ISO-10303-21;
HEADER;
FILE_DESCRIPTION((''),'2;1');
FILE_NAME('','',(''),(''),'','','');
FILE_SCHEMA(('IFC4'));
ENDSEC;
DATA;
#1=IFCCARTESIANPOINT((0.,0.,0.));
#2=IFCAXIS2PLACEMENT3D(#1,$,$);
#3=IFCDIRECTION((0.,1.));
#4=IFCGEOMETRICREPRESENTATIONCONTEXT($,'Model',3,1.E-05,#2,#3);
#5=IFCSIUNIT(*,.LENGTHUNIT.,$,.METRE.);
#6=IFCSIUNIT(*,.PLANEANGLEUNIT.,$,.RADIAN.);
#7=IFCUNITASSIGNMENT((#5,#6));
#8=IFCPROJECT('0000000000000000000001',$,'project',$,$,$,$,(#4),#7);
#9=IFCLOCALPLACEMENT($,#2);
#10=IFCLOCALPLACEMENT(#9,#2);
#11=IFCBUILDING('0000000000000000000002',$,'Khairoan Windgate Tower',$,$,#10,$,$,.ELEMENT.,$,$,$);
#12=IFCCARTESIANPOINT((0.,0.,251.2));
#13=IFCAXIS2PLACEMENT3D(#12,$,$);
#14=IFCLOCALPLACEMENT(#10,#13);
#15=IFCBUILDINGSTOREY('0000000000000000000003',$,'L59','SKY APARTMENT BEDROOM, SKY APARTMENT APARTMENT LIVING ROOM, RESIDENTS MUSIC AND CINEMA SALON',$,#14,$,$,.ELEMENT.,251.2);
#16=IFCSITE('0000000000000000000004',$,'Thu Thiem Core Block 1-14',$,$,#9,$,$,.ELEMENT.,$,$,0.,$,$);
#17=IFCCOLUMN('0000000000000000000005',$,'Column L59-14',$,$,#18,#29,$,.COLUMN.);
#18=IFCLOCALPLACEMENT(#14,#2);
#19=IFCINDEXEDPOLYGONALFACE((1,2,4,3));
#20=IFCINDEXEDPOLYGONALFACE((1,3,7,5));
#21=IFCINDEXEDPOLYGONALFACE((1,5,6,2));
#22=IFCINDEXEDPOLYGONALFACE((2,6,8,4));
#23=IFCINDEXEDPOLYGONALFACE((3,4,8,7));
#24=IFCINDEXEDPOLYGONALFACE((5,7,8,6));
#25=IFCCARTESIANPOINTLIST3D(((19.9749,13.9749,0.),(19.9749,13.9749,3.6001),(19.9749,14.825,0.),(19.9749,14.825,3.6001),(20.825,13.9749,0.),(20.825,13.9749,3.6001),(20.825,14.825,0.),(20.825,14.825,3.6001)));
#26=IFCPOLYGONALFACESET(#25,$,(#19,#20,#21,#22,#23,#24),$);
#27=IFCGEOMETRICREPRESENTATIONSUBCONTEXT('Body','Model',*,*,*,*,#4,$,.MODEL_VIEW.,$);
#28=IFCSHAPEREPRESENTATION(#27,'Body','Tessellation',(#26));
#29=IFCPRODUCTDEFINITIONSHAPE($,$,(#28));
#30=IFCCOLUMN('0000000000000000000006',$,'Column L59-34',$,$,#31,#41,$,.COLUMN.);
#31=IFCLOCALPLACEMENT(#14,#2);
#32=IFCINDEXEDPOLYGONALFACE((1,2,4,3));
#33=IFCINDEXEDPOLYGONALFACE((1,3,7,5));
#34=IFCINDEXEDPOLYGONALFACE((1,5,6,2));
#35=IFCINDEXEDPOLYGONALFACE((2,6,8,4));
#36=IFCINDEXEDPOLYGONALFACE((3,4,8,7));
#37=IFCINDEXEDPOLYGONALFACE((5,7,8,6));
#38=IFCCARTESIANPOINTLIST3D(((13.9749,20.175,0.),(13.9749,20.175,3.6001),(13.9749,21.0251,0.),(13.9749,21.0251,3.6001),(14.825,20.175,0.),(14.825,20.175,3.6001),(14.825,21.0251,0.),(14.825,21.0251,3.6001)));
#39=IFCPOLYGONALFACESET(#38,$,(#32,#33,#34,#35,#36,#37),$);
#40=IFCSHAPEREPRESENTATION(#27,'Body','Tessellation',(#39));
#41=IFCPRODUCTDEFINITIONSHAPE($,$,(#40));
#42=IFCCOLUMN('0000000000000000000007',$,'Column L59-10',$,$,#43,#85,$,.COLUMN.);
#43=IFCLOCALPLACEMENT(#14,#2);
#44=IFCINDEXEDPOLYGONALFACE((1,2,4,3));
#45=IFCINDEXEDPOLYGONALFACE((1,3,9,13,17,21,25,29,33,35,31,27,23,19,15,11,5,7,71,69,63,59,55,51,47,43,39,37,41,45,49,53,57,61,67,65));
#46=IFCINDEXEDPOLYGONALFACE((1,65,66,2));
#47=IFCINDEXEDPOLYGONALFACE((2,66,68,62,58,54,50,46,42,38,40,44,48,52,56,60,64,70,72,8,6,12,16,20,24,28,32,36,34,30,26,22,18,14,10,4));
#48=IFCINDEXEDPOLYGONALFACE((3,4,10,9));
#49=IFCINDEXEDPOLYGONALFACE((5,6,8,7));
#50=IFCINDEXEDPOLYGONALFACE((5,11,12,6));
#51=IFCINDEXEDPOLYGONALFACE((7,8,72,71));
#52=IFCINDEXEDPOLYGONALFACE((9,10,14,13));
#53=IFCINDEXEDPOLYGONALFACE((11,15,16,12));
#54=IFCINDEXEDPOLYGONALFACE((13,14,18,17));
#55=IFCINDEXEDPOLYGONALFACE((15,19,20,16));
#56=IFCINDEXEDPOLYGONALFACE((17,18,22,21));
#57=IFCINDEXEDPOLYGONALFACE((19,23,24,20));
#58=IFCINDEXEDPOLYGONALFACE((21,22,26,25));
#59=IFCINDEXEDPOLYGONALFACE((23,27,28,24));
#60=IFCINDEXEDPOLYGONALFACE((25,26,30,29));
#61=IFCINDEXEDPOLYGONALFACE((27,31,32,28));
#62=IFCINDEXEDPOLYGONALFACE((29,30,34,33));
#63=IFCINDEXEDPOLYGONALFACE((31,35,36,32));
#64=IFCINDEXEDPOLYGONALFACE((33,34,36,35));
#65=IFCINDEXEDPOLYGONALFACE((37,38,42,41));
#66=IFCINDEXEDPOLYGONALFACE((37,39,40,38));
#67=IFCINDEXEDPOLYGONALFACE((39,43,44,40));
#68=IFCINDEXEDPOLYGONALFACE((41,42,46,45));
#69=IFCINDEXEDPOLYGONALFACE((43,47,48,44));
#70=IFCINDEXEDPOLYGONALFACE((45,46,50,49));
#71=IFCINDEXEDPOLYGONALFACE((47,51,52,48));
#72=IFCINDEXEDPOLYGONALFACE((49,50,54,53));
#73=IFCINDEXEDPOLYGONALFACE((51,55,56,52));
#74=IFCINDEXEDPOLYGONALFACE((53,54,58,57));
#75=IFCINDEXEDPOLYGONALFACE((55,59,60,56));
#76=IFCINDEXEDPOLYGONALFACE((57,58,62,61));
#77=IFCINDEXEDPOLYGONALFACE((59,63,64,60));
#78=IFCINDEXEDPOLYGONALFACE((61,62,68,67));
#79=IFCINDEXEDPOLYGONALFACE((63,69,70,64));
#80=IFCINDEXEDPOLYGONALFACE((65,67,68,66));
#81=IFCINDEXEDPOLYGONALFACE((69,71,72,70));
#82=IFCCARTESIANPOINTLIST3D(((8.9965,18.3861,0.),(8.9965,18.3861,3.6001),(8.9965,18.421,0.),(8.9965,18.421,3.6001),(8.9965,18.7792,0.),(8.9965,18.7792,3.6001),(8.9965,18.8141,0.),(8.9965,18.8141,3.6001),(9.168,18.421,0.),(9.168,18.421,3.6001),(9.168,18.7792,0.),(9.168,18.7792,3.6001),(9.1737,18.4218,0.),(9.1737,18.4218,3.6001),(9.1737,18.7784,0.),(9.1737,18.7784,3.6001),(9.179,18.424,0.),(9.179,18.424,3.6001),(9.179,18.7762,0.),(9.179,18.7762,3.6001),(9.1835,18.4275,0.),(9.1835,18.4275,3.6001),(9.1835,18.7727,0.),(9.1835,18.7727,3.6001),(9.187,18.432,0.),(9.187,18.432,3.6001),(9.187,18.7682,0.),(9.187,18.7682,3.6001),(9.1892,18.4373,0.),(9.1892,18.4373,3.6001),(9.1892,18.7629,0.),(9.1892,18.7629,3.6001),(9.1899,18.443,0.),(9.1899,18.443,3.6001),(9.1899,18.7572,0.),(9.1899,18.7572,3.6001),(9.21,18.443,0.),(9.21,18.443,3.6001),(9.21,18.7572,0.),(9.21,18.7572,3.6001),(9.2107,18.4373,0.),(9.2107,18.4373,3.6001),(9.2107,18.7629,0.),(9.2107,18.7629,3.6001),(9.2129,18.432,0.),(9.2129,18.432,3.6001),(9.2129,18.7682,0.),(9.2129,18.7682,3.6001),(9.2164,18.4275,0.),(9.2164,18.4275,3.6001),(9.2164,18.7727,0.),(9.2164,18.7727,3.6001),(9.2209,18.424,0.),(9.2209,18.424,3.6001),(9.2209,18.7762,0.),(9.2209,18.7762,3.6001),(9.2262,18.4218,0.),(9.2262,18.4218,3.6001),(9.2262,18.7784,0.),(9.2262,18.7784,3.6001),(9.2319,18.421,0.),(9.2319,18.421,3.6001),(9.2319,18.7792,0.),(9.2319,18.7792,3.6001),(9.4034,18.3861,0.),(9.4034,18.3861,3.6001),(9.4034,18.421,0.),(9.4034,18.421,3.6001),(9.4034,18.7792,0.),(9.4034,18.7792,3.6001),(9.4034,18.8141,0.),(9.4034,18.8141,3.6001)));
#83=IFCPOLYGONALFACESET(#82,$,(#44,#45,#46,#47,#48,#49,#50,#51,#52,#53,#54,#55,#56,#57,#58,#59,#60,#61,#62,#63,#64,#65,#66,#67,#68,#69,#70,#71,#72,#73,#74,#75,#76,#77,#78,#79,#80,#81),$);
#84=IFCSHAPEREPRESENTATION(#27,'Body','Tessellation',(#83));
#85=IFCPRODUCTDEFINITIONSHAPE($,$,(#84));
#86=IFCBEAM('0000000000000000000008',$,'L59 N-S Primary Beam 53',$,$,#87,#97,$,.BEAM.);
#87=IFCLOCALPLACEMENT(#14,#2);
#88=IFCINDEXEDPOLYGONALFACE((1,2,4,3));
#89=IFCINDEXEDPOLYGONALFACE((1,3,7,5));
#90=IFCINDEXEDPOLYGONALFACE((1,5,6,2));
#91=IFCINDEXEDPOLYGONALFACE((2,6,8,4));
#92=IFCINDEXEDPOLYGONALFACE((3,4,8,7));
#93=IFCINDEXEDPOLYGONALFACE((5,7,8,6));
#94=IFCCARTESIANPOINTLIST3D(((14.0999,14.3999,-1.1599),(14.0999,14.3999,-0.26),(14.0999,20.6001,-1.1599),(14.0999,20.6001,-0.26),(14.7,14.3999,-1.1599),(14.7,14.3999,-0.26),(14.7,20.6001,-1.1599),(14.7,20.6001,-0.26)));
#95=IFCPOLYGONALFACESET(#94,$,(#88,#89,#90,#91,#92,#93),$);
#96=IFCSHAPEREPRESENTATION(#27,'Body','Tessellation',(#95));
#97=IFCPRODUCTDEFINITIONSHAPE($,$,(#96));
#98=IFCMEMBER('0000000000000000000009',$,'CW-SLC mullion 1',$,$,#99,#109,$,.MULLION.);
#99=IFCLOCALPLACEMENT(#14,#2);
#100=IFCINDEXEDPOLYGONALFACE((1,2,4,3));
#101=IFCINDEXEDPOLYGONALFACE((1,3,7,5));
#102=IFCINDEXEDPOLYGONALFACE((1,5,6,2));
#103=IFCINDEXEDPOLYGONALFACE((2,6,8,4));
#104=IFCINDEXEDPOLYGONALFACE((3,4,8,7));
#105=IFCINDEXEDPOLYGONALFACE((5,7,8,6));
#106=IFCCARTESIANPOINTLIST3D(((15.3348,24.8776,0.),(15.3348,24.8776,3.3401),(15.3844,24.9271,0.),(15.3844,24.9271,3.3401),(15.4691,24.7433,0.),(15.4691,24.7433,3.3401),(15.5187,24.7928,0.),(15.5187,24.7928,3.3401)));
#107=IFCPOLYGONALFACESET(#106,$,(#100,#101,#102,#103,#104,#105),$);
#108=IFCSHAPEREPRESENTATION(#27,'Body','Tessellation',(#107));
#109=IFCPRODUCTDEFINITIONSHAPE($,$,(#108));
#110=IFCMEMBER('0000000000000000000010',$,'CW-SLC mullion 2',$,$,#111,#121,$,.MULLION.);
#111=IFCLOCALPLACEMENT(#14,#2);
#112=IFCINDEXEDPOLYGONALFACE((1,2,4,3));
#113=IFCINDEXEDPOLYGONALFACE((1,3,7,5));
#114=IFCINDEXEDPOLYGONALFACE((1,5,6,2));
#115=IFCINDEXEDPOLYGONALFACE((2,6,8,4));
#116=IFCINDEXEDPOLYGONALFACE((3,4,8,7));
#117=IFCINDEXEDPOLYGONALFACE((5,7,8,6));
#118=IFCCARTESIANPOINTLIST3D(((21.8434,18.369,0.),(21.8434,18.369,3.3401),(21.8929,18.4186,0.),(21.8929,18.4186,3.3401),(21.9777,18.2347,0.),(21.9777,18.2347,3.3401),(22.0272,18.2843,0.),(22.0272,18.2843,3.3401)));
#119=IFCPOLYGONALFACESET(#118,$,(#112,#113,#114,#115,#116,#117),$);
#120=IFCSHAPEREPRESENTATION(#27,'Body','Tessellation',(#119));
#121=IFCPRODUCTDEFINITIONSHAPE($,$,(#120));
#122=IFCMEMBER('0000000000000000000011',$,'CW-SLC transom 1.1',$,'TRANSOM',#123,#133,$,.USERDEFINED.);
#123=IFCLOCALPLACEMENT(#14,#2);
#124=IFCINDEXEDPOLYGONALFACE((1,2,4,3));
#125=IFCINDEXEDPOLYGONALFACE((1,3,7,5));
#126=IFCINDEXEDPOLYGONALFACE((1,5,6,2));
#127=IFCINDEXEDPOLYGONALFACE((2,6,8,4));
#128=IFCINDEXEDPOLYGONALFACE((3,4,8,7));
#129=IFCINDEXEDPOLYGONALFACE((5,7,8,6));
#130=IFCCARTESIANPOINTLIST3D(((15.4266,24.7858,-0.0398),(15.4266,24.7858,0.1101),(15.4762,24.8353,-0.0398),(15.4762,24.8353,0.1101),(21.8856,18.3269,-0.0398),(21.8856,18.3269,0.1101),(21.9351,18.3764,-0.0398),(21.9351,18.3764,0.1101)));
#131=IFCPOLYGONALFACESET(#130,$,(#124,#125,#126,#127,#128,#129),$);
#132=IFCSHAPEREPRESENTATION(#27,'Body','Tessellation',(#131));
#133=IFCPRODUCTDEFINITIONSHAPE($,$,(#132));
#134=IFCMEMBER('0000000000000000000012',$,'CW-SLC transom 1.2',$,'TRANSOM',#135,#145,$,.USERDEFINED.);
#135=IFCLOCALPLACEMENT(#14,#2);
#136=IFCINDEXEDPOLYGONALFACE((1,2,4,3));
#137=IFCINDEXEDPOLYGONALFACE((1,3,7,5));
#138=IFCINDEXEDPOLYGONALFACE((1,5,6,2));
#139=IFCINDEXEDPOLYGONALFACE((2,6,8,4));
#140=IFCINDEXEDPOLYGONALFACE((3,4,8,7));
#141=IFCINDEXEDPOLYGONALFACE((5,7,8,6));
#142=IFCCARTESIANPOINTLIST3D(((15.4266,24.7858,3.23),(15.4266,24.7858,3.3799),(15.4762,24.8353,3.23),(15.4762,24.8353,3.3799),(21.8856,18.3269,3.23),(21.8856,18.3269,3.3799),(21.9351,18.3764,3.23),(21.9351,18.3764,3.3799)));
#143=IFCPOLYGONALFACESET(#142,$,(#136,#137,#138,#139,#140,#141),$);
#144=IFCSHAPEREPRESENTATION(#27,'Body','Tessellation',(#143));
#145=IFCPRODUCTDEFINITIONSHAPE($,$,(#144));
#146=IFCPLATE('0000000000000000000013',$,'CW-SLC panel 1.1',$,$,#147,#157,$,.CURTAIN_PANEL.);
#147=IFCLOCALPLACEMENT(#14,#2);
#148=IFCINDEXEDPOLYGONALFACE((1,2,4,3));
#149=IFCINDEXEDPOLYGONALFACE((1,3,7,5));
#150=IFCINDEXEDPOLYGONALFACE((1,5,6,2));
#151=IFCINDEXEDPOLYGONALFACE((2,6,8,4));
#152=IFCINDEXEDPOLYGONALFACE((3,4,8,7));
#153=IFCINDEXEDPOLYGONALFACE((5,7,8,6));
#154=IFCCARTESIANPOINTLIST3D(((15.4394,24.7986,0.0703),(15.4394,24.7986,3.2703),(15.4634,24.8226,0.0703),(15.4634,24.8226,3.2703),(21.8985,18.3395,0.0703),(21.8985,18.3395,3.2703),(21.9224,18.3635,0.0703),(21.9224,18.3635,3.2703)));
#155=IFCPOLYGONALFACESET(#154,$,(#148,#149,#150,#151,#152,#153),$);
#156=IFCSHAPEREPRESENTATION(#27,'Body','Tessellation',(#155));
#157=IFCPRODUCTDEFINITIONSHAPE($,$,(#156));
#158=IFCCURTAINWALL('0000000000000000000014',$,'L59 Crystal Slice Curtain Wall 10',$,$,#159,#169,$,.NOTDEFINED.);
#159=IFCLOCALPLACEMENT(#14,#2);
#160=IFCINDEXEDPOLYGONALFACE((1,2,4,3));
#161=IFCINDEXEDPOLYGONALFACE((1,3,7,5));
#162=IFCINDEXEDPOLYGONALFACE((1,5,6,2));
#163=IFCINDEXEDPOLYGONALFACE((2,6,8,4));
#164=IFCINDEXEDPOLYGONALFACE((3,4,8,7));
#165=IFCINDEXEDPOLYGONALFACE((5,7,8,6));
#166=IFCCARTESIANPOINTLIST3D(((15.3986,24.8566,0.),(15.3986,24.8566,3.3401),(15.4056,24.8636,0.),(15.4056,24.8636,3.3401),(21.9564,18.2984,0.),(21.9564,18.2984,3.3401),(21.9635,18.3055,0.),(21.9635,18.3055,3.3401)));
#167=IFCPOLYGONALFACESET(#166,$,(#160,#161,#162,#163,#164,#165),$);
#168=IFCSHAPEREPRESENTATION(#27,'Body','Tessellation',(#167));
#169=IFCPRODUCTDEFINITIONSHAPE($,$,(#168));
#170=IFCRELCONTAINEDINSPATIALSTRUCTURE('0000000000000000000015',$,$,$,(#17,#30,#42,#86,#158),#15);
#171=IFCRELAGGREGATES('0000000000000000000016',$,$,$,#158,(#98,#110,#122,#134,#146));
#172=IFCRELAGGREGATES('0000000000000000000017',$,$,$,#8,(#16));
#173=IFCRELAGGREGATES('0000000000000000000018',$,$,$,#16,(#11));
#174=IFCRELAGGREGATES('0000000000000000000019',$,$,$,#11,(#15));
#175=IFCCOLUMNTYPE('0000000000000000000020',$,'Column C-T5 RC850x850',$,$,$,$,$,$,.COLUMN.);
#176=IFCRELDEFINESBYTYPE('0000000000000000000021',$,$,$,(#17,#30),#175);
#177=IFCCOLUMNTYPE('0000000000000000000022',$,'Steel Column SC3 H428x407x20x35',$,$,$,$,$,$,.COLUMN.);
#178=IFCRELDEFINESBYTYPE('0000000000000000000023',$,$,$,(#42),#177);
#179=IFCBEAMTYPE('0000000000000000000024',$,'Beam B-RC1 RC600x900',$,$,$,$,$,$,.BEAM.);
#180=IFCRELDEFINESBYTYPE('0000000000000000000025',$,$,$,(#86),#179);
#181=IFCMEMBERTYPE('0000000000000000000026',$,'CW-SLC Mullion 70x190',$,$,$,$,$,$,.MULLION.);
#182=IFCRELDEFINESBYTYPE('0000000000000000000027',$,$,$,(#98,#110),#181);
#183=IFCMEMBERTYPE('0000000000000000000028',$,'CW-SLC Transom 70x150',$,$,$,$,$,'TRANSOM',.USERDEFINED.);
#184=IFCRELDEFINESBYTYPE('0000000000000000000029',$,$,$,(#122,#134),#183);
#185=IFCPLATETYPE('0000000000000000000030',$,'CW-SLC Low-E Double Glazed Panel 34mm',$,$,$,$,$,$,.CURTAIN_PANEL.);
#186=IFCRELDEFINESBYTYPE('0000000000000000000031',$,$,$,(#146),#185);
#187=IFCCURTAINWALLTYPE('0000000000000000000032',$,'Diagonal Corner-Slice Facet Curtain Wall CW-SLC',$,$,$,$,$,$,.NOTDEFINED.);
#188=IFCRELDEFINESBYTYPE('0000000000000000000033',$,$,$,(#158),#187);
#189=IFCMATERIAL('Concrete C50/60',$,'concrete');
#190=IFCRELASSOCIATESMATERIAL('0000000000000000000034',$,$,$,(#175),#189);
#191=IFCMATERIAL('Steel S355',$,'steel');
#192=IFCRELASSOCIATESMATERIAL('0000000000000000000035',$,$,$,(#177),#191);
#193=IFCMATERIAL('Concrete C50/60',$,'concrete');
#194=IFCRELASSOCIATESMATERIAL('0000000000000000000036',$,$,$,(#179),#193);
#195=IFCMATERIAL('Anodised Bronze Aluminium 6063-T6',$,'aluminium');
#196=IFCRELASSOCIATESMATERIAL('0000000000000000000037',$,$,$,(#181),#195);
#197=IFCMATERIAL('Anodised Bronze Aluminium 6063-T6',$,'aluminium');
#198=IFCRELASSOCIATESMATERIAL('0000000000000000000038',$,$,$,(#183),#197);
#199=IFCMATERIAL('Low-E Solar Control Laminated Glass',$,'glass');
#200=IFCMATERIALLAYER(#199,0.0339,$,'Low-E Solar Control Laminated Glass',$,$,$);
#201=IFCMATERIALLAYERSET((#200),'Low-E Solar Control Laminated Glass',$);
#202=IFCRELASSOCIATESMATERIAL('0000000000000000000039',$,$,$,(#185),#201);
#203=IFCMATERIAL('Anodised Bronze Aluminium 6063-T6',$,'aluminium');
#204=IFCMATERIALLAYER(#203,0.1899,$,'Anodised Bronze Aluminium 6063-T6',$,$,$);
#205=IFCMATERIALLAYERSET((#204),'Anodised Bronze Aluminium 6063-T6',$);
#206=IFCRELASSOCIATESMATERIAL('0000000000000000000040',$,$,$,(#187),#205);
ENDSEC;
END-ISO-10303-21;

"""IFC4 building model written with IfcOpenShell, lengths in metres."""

from ifc_helpers import new_model, si_unit, direction, frame, frame_2d, origin, origin_2d, place, context, subcontext, project, spatial, rectangle, i_section, extrude, material, layer, layer_set, material_profile, profile_set, type_object, element, aggregate, save


model = new_model("IFC4")

# Units and contexts
model_context = context("Model", 3, precision=1e-05, world=origin(), true_north=direction((0.0, 1.0)))
body_context = subcontext(model_context, "Body", "Model", "MODEL_VIEW")
ifc_project = project(units=[si_unit("LENGTHUNIT", "METRE"), si_unit("PLANEANGLEUNIT", "RADIAN")], contexts=[model_context])

# Site, building, storey
site_placement = place(None, origin())
site = spatial("IfcSite", under=ifc_project, at=site_placement, Name="Thu Thiem Core Block 1-14", CompositionType="ELEMENT", RefElevation=0.0)
building_placement = place(site_placement, origin())
building = spatial("IfcBuilding", under=site, at=building_placement, Name="Khairoan Windgate Tower", CompositionType="ELEMENT")
storey_placement = place(building_placement, frame((0.0, 0.0, 251.2)))
storey = spatial("IfcBuildingStorey", under=building, at=storey_placement, Name="L59", Description="SKY APARTMENT BEDROOM, SKY APARTMENT APARTMENT LIVING ROOM, RESIDENTS MUSIC AND CINEMA SALON", CompositionType="ELEMENT", Elevation=251.2)

# Columns
ifc_material_1 = material(Name="Concrete C50/60", Category="concrete")
ifc_material_profile_1 = material_profile(ifc_material_1, rectangle(XDim=0.8501, YDim=0.8501, at=origin_2d()))
ifc_profile_set_1 = profile_set([ifc_material_profile_1], Name="Concrete C50/60")
column_type_1 = type_object("IfcColumnType", Name="Column C-T5 RC850x850", PredefinedType="COLUMN", material=ifc_profile_set_1)
for number, where, z_axis, x_axis, name in (
    (1, (20.3999, 14.3999, 0.0), (0.0, 0.0, 1.0), (1.0, 0.0, 0.0), "Column L59-14"),
    (2, (14.3999, 20.6001, 0.0), (0.0, 0.0, 1.0), (1.0, 0.0, 0.0), "Column L59-34"),
):
    element("IfcColumn", number, at=place(storey_placement, frame(where, z_axis=z_axis, x_axis=x_axis)), inside=storey, type_object=column_type_1, Name=name, PredefinedType="COLUMN", context=body_context, shape_type="SweptSolid", body=[
        extrude(rectangle(XDim=0.8501, YDim=0.8501, at=origin_2d()), origin(), (0.0, 0.0, 1.0), 3.6001),
    ])
ifc_material_2 = material(Name="Steel S355", Category="steel")
ifc_material_profile_2 = material_profile(ifc_material_2, i_section(OverallWidth=0.407, OverallDepth=0.428, WebThickness=0.02, FlangeThickness=0.0349, FilletRadius=0.022, at=origin_2d()))
ifc_profile_set_2 = profile_set([ifc_material_profile_2], Name="Steel S355")
column_type_2 = type_object("IfcColumnType", Name="Steel Column SC3 H428x407x20x35", PredefinedType="COLUMN", material=ifc_profile_set_2)
column_placement = place(storey_placement, frame((9.2, 18.6001, 0.0), z_axis=(0.0, 0.0, 1.0), x_axis=(1.0, 0.0, 0.0)))
element("IfcColumn", 3, at=column_placement, inside=storey, type_object=column_type_2, Name="Column L59-10", PredefinedType="COLUMN", context=body_context, shape_type="SweptSolid", body=[
    extrude(i_section(OverallWidth=0.407, OverallDepth=0.428, WebThickness=0.02, FlangeThickness=0.0349, FilletRadius=0.022, at=origin_2d()), origin(), (0.0, 0.0, 1.0), 3.6001),
])

# Beam
ifc_material_3 = material(Name="Concrete C50/60", Category="concrete")
ifc_material_profile_3 = material_profile(ifc_material_3, rectangle(XDim=0.6001, YDim=0.8999, at=origin_2d()))
ifc_profile_set_3 = profile_set([ifc_material_profile_3], Name="Concrete C50/60")
beam_type = type_object("IfcBeamType", Name="Beam B-RC1 RC600x900", PredefinedType="BEAM", material=ifc_profile_set_3)
beam_placement = place(storey_placement, frame((14.3999, 14.3999, -0.71), z_axis=(0.0, 1.0, 0.0), x_axis=(-1.0, 0.0, 0.0)))
element("IfcBeam", 4, at=beam_placement, inside=storey, type_object=beam_type, Name="L59 N-S Primary Beam 53", PredefinedType="BEAM", context=body_context, shape_type="SweptSolid", body=[
    extrude(rectangle(XDim=0.6001, YDim=0.8999, at=origin_2d()), origin(), (0.0, 0.0, 1.0), 6.2002),
])

# Members
ifc_material_4 = material(Name="Anodised Bronze Aluminium 6063-T6", Category="aluminium")
ifc_material_profile_4 = material_profile(ifc_material_4, rectangle(XDim=0.0701, YDim=0.1899, at=origin_2d()))
ifc_profile_set_4 = profile_set([ifc_material_profile_4], Name="Anodised Bronze Aluminium 6063-T6")
member_type_1 = type_object("IfcMemberType", Name="CW-SLC Mullion 70x190", PredefinedType="MULLION", material=ifc_profile_set_4)
member_1_placement = place(storey_placement, frame((15.4268, 24.8352, 0.0), z_axis=(0.0, 0.0, 1.0), x_axis=(0.707107, 0.707107, 0.0)))
member_1 = element("IfcMember", 5, at=member_1_placement, type_object=member_type_1, Name="CW-SLC mullion 1", PredefinedType="MULLION", context=body_context, shape_type="SweptSolid", body=[
    extrude(rectangle(XDim=0.0701, YDim=0.1899, at=origin_2d()), origin(), (0.0, 0.0, 1.0), 3.3401),
])
member_2_placement = place(storey_placement, frame((21.9353, 18.3267, 0.0), z_axis=(0.0, 0.0, 1.0), x_axis=(0.707107, 0.707107, 0.0)))
member_2 = element("IfcMember", 6, at=member_2_placement, type_object=member_type_1, Name="CW-SLC mullion 2", PredefinedType="MULLION", context=body_context, shape_type="SweptSolid", body=[
    extrude(rectangle(XDim=0.0701, YDim=0.1899, at=origin_2d()), origin(), (0.0, 0.0, 1.0), 3.3401),
])
ifc_material_5 = material(Name="Anodised Bronze Aluminium 6063-T6", Category="aluminium")
ifc_material_profile_5 = material_profile(ifc_material_5, rectangle(XDim=0.0701, YDim=0.1499, at=origin_2d()))
ifc_profile_set_5 = profile_set([ifc_material_profile_5], Name="Anodised Bronze Aluminium 6063-T6")
member_type_2 = type_object("IfcMemberType", Name="CW-SLC Transom 70x150", ElementType="TRANSOM", PredefinedType="USERDEFINED", material=ifc_profile_set_5)
member_3_placement = place(storey_placement, frame((15.4514, 24.8105, 0.0352), z_axis=(0.707107, -0.707107, 0.0), x_axis=(0.707107, 0.707107, 0.0)))
member_3 = element("IfcMember", 7, at=member_3_placement, type_object=member_type_2, Name="CW-SLC transom 1.1", ObjectType="TRANSOM", PredefinedType="USERDEFINED", context=body_context, shape_type="SweptSolid", body=[
    extrude(rectangle(XDim=0.0701, YDim=0.1499, at=origin_2d()), origin(), (0.0, 0.0, 1.0), 9.1343),
])
member_4_placement = place(storey_placement, frame((15.4514, 24.8105, 3.3049), z_axis=(0.707107, -0.707107, 0.0), x_axis=(0.707107, 0.707107, 0.0)))
member_4 = element("IfcMember", 8, at=member_4_placement, type_object=member_type_2, Name="CW-SLC transom 1.2", ObjectType="TRANSOM", PredefinedType="USERDEFINED", context=body_context, shape_type="SweptSolid", body=[
    extrude(rectangle(XDim=0.0701, YDim=0.1499, at=origin_2d()), origin(), (0.0, 0.0, 1.0), 9.1343),
])

# Plate
ifc_material_6 = material(Name="Low-E Solar Control Laminated Glass", Category="glass")
ifc_layer_1 = layer(ifc_material_6, 0.0339, Name="Low-E Solar Control Laminated Glass")
ifc_layer_set_1 = layer_set([ifc_layer_1], Name="Low-E Solar Control Laminated Glass")
plate_type_1 = type_object("IfcPlateType", Name="CW-SLC Low-E Double Glazed Panel 34mm", PredefinedType="CURTAIN_PANEL", material=ifc_layer_set_1)
plate_1_placement = place(storey_placement, frame((18.6809, 21.5811, 0.0703), z_axis=(0.0, 0.0, 1.0), x_axis=(0.707107, -0.707107, 0.0)))
plate_1 = element("IfcPlate", 9, at=plate_1_placement, type_object=plate_type_1, Name="CW-SLC panel 1.1", PredefinedType="CURTAIN_PANEL", context=body_context, shape_type="SweptSolid", body=[
    extrude(rectangle(XDim=9.1345, YDim=0.0339, at=origin_2d()), origin(), (0.0, 0.0, 1.0), 3.2),
])

# Curtain wall
ifc_material_7 = material(Name="Anodised Bronze Aluminium 6063-T6", Category="aluminium")
ifc_layer_2 = layer(ifc_material_7, 0.1899, Name="Anodised Bronze Aluminium 6063-T6")
ifc_layer_set_2 = layer_set([ifc_layer_2], Name="Anodised Bronze Aluminium 6063-T6")
curtain_wall_type_1 = type_object("IfcCurtainWallType", Name="Diagonal Corner-Slice Facet Curtain Wall CW-SLC", PredefinedType="NOTDEFINED", material=ifc_layer_set_2)
curtain_wall_1_placement = place(storey_placement, frame((15.4021, 24.8601, 0.0), z_axis=(0.0, 0.0, 1.0), x_axis=(0.707094, -0.70712, 0.0)))
curtain_wall_1 = element("IfcCurtainWall", 10, at=curtain_wall_1_placement, inside=storey, type_object=curtain_wall_type_1, Name="L59 Crystal Slice Curtain Wall 10", PredefinedType="NOTDEFINED", context=body_context, shape_type="SweptSolid", body=[
    extrude(rectangle(XDim=9.2744, YDim=0.01, at=frame_2d((4.6372, 0.0))), origin(), (0.0, 0.0, 1.0), 3.3401),
])
aggregate(curtain_wall_1, [member_1, member_2, member_3, member_4, plate_1])

save(model, "model.ifc")
